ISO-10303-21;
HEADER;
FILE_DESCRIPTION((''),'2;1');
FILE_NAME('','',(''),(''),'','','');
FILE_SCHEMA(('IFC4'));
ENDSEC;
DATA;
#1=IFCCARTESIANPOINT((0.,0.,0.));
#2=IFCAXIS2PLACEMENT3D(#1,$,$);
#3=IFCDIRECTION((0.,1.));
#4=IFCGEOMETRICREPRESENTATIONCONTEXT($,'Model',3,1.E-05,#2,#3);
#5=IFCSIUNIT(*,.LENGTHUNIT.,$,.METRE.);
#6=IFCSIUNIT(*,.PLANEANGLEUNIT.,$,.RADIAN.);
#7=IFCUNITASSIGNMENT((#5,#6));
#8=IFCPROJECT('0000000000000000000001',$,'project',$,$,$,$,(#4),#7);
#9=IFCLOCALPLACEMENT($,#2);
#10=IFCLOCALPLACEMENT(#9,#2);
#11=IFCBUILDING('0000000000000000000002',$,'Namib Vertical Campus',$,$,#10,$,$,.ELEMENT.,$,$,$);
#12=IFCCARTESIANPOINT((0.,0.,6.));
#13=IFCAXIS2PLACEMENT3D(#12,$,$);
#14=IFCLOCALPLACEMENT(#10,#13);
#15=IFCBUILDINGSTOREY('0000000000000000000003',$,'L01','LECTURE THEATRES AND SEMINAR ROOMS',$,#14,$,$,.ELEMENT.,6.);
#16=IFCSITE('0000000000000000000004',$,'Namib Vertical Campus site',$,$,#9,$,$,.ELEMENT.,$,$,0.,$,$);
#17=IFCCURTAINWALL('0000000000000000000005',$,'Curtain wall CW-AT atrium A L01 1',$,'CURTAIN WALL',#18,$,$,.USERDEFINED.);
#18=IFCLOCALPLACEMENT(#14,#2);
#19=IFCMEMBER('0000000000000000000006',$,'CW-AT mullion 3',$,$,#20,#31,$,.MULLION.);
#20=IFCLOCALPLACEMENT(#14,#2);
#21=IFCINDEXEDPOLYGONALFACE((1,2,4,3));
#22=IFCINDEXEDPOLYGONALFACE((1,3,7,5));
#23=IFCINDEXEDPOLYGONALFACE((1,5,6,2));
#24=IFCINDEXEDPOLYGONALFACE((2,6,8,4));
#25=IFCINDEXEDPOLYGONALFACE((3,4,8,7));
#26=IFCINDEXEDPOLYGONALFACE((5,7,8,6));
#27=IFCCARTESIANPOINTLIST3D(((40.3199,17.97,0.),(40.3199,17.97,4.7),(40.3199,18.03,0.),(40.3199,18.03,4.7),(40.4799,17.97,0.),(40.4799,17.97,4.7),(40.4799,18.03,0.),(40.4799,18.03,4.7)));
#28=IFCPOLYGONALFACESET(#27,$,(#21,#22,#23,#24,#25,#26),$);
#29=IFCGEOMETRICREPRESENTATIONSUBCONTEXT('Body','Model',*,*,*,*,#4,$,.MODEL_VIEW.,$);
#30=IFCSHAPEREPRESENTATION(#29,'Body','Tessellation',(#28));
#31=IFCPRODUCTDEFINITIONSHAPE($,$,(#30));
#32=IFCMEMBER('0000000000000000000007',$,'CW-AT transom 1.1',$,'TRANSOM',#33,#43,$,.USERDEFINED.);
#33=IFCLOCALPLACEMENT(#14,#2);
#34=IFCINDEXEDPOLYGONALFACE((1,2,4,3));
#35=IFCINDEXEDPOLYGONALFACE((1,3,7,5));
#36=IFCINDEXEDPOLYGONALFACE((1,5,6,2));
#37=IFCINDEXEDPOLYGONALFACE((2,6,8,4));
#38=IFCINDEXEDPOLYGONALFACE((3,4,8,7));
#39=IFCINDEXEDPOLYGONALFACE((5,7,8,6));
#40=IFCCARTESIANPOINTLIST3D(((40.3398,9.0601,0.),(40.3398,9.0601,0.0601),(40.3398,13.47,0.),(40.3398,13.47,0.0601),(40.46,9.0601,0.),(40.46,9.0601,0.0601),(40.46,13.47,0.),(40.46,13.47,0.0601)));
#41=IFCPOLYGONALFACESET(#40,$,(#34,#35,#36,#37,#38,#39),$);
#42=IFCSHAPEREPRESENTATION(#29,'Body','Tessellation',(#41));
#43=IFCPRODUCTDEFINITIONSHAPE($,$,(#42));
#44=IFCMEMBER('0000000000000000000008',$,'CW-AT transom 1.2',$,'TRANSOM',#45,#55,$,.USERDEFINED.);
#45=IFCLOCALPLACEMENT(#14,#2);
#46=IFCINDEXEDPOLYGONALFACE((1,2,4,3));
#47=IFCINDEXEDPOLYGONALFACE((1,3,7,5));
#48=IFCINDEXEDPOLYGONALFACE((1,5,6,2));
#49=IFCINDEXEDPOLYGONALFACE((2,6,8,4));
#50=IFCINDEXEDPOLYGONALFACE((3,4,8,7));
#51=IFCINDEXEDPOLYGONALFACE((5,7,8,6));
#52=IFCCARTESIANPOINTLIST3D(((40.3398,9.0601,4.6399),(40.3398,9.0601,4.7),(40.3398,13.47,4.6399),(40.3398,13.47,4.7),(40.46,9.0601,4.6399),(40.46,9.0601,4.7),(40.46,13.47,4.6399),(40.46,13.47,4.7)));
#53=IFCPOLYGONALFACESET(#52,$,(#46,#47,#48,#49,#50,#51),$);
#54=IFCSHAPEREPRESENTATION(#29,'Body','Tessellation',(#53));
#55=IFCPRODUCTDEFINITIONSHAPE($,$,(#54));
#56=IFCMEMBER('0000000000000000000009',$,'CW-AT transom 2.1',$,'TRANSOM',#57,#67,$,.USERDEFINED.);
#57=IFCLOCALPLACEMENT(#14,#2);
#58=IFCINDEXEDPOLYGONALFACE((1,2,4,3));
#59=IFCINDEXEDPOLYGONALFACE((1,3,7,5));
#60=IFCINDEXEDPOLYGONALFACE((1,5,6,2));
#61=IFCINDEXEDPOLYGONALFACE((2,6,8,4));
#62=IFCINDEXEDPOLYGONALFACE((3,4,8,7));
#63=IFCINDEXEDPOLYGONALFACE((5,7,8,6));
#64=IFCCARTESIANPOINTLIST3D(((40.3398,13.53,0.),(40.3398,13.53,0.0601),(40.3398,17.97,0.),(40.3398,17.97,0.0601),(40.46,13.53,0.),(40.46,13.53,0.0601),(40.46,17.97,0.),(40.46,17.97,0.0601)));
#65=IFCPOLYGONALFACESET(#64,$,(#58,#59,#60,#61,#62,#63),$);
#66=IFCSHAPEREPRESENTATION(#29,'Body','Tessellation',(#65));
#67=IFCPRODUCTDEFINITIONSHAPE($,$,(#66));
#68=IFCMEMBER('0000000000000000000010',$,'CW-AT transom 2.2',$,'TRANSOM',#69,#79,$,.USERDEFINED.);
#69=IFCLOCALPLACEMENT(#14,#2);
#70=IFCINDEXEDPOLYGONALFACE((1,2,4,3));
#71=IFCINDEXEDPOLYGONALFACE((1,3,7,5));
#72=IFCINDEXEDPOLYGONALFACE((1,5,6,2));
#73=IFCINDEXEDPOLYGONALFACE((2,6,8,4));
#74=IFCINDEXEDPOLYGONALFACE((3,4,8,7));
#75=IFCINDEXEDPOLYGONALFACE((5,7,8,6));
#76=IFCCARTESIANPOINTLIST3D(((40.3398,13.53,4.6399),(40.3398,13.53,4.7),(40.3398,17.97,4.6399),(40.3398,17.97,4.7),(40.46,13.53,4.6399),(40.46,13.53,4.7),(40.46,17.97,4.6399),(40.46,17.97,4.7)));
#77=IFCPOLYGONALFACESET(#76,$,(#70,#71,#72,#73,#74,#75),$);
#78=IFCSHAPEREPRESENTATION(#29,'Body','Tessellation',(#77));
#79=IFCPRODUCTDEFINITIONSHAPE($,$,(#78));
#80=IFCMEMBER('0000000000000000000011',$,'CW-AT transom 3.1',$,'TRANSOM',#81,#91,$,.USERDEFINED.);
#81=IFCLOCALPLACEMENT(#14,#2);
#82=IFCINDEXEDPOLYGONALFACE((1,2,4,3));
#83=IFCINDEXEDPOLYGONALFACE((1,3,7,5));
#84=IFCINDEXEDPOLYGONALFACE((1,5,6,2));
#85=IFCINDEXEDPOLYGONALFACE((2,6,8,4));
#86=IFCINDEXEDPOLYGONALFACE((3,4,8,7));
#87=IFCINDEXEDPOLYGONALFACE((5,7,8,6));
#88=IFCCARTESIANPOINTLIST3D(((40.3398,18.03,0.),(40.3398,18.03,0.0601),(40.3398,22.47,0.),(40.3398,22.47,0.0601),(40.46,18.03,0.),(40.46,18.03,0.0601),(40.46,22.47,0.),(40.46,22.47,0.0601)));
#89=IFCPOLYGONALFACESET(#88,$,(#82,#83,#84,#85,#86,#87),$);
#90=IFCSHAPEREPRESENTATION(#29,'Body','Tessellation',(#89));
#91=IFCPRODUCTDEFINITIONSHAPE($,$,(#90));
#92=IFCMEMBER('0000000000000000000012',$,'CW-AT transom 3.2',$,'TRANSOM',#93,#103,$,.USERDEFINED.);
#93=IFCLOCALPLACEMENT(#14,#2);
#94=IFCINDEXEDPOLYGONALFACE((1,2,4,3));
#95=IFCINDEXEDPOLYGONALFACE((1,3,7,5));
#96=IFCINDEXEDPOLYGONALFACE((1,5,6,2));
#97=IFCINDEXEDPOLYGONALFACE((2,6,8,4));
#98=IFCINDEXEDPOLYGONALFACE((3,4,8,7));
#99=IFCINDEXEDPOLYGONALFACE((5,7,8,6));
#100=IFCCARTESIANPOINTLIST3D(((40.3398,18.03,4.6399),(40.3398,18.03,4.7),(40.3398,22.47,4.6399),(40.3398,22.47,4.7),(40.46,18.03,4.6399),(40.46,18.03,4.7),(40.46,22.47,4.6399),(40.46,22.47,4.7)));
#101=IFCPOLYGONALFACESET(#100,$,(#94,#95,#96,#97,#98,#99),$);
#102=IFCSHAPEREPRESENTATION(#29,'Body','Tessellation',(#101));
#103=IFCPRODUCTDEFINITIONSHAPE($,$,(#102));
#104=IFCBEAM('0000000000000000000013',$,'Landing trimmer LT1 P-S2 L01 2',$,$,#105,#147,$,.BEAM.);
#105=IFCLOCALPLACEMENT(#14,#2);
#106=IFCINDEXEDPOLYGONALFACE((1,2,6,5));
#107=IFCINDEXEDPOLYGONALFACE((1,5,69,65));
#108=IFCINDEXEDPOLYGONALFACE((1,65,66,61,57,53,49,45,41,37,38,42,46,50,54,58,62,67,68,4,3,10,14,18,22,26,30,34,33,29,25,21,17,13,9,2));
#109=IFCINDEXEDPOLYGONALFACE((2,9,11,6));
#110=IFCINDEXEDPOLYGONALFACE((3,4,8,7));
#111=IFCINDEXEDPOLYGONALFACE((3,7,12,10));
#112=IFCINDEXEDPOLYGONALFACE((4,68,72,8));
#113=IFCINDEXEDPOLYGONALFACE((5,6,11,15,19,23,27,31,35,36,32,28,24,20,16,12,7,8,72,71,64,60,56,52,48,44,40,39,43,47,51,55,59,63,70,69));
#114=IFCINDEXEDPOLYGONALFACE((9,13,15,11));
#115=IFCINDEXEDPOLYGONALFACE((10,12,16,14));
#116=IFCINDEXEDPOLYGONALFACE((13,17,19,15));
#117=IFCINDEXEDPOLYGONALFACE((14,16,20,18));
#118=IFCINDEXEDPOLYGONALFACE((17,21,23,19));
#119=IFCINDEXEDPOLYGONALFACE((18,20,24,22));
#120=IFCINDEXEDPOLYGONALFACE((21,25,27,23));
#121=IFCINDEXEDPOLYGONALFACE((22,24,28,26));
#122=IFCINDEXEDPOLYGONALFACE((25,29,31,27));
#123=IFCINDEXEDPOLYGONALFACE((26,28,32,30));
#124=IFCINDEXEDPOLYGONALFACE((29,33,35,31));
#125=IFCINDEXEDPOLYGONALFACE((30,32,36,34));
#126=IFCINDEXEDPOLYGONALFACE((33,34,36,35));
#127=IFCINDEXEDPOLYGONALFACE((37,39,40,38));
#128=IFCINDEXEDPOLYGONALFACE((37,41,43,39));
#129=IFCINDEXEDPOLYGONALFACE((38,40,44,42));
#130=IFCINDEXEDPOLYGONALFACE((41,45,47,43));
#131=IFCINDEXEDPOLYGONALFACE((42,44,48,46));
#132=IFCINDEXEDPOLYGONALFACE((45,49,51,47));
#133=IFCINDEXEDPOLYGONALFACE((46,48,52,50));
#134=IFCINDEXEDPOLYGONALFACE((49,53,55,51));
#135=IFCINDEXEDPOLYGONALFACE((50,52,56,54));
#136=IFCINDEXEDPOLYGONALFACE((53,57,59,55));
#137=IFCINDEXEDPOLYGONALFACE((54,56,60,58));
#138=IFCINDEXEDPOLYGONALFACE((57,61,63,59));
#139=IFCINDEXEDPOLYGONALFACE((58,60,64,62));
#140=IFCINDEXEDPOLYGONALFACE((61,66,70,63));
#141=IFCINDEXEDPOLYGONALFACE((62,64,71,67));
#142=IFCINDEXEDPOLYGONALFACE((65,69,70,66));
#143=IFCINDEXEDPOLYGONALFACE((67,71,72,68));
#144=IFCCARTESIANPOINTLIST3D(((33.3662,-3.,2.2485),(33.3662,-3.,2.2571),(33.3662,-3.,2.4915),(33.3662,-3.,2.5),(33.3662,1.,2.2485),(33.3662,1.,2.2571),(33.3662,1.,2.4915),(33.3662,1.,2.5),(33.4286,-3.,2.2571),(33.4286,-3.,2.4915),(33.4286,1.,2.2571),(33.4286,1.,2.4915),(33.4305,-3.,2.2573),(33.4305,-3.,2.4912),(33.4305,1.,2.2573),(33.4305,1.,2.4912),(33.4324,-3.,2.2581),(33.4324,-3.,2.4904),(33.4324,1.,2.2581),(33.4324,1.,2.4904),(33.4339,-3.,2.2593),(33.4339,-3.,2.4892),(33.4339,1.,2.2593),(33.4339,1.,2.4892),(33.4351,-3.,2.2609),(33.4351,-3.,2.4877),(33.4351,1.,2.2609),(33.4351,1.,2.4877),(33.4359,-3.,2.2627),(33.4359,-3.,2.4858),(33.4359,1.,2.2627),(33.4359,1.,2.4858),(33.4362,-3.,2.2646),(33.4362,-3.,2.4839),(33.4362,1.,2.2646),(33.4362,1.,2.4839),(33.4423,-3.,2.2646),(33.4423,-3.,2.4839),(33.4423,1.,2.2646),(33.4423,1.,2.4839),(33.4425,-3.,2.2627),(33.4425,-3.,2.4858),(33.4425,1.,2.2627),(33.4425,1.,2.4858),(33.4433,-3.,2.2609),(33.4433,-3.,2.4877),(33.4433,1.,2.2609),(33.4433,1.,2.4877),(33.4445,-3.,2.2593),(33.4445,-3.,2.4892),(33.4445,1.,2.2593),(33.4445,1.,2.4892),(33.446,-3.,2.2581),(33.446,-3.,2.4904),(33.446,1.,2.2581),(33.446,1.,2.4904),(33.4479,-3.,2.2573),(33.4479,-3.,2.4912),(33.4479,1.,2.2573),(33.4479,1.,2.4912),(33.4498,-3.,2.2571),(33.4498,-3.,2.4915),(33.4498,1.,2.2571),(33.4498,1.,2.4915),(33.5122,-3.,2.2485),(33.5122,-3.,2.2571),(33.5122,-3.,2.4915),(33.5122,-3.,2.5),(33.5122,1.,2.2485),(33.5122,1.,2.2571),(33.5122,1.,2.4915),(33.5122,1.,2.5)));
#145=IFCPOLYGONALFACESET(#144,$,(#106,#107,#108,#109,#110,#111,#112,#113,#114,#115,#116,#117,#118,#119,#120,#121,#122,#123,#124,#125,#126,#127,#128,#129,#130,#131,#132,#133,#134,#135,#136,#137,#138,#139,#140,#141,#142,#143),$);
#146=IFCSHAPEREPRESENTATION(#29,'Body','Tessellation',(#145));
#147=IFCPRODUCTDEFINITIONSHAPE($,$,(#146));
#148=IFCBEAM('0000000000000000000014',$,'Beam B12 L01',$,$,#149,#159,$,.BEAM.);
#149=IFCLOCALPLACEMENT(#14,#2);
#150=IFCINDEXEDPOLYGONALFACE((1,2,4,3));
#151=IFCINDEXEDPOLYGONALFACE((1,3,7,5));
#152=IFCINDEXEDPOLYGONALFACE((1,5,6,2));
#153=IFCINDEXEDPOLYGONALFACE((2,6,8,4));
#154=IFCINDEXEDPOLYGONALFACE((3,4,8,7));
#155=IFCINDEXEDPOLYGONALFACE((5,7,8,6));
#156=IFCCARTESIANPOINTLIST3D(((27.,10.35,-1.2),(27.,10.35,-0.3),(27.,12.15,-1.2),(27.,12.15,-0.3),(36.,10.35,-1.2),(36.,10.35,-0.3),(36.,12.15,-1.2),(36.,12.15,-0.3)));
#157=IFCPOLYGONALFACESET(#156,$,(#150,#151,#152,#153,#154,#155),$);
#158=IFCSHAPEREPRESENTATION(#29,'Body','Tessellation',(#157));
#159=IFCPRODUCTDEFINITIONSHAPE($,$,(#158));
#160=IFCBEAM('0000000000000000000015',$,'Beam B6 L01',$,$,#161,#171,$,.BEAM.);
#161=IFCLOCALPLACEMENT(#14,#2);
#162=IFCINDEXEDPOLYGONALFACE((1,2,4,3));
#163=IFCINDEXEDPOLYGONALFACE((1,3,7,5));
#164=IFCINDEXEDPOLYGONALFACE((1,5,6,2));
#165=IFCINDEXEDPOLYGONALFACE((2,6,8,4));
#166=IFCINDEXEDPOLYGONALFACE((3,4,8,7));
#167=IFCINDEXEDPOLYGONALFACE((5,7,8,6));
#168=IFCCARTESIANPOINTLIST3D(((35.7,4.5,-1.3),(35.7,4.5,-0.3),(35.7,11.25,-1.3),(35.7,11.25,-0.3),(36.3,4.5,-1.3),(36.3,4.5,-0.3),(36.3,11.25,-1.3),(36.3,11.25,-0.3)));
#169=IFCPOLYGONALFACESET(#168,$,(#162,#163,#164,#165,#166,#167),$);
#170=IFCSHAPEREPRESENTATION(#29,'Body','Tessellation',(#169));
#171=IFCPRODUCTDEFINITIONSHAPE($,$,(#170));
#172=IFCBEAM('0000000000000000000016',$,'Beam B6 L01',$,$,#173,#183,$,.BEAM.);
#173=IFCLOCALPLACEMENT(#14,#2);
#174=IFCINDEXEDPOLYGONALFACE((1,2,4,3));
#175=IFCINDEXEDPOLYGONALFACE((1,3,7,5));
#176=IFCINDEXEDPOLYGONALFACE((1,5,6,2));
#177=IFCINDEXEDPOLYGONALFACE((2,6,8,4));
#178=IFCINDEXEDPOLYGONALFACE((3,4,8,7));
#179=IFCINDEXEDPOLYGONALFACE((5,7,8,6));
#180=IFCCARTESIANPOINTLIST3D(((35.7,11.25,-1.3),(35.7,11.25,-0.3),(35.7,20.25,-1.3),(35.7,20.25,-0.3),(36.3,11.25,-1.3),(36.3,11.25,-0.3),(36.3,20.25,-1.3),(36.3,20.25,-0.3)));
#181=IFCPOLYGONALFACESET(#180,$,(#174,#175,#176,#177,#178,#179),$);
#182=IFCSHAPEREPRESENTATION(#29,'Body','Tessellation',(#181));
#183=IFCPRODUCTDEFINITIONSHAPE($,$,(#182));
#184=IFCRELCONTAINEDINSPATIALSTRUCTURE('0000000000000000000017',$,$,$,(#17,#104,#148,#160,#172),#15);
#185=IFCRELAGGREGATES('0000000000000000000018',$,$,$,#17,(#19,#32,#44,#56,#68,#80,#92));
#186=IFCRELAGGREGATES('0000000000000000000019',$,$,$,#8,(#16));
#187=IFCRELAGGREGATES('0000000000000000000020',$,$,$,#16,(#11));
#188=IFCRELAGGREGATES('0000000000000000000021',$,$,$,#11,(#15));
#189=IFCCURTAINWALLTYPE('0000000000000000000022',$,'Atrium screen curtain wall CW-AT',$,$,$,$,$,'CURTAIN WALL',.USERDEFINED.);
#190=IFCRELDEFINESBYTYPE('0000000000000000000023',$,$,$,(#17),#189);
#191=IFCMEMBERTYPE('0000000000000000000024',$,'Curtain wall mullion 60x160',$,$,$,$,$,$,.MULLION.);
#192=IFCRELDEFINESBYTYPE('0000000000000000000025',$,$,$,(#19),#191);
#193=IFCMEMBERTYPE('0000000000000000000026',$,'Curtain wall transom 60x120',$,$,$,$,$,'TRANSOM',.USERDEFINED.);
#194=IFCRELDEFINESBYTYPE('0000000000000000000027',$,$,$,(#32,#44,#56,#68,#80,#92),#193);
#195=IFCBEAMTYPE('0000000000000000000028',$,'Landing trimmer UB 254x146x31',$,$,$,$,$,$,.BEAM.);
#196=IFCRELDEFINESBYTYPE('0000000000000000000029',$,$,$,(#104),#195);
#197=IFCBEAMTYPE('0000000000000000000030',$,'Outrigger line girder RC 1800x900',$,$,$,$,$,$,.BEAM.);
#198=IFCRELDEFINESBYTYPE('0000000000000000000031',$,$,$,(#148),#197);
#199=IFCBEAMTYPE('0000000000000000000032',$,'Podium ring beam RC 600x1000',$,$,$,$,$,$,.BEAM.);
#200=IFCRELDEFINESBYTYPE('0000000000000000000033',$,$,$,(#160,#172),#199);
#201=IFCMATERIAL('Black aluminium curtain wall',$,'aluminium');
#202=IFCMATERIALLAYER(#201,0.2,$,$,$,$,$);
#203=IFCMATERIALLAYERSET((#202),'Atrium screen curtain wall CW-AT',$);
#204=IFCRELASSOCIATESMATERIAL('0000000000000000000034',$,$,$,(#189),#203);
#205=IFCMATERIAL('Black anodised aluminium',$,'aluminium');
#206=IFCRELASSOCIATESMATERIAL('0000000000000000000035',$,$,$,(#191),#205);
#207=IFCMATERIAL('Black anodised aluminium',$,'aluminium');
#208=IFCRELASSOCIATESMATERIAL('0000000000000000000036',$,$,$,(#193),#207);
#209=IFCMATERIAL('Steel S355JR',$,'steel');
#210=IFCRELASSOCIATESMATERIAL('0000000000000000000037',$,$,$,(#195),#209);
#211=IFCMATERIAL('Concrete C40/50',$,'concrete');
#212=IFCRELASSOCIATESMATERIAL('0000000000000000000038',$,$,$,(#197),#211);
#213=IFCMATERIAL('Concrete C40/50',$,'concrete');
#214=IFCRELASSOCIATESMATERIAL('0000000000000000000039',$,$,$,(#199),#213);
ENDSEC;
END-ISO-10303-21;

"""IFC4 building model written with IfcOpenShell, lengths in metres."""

from ifc_helpers import new_model, si_unit, direction, frame, origin, origin_2d, place, context, subcontext, project, spatial, rectangle, i_section, extrude, material, layer, layer_set, material_profile, profile_set, type_object, element, aggregate, save


model = new_model("IFC4")

# Units and contexts
model_context = context("Model", 3, precision=1e-05, world=origin(), true_north=direction((0.0, 1.0)))
body_context = subcontext(model_context, "Body", "Model", "MODEL_VIEW")
ifc_project = project(units=[si_unit("LENGTHUNIT", "METRE"), si_unit("PLANEANGLEUNIT", "RADIAN")], contexts=[model_context])

# Site, building, storey
site_placement = place(None, origin())
site = spatial("IfcSite", under=ifc_project, at=site_placement, Name="Namib Vertical Campus site", CompositionType="ELEMENT", RefElevation=0.0)
building_placement = place(site_placement, origin())
building = spatial("IfcBuilding", under=site, at=building_placement, Name="Namib Vertical Campus", CompositionType="ELEMENT")
storey_placement = place(building_placement, frame((0.0, 0.0, 6.0)))
storey = spatial("IfcBuildingStorey", under=building, at=storey_placement, Name="L01", Description="LECTURE THEATRES AND SEMINAR ROOMS", CompositionType="ELEMENT", Elevation=6.0)

# Curtain wall, members
ifc_material_1 = material(Name="Black aluminium curtain wall", Category="aluminium")
ifc_layer_1 = layer(ifc_material_1, 0.2)
ifc_layer_set_1 = layer_set([ifc_layer_1], Name="Atrium screen curtain wall CW-AT")
curtain_wall_type = type_object("IfcCurtainWallType", Name="Atrium screen curtain wall CW-AT", ElementType="CURTAIN WALL", PredefinedType="USERDEFINED", material=ifc_layer_set_1)
curtain_wall_placement = place(storey_placement, origin())
curtain_wall = element("IfcCurtainWall", 1, at=curtain_wall_placement, inside=storey, type_object=curtain_wall_type, Name="Curtain wall CW-AT atrium A L01 1", ObjectType="CURTAIN WALL", PredefinedType="USERDEFINED")
ifc_material_2 = material(Name="Black anodised aluminium", Category="aluminium")
ifc_material_profile_1 = material_profile(ifc_material_2, rectangle(XDim=0.0601, YDim=0.1599, at=origin_2d()))
ifc_profile_set_1 = profile_set([ifc_material_profile_1], Name="Black anodised aluminium")
member_type_1 = type_object("IfcMemberType", Name="Curtain wall mullion 60x160", PredefinedType="MULLION", material=ifc_profile_set_1)
member_1_placement = place(storey_placement, frame((40.3999, 18.0, 0.0), z_axis=(0.0, 0.0, 1.0), x_axis=(0.0, 1.0, 0.0)))
member_1 = element("IfcMember", 2, at=member_1_placement, type_object=member_type_1, Name="CW-AT mullion 3", PredefinedType="MULLION", context=body_context, shape_type="SweptSolid", body=[
    extrude(rectangle(XDim=0.0601, YDim=0.1599, at=origin_2d()), origin(), (0.0, 0.0, 1.0), 4.7),
])
ifc_material_3 = material(Name="Black anodised aluminium", Category="aluminium")
ifc_material_profile_2 = material_profile(ifc_material_3, rectangle(XDim=0.0601, YDim=0.1201, at=origin_2d()))
ifc_profile_set_2 = profile_set([ifc_material_profile_2], Name="Black anodised aluminium")
member_type_2 = type_object("IfcMemberType", Name="Curtain wall transom 60x120", ElementType="TRANSOM", PredefinedType="USERDEFINED", material=ifc_profile_set_2)
member_2_placement = place(storey_placement, frame((40.3999, 9.0601, 0.03), z_axis=(0.0, 1.0, 0.0), x_axis=(0.0, 0.0, 1.0)))
member_2 = element("IfcMember", 3, at=member_2_placement, type_object=member_type_2, Name="CW-AT transom 1.1", ObjectType="TRANSOM", PredefinedType="USERDEFINED", context=body_context, shape_type="SweptSolid", body=[
    extrude(rectangle(XDim=0.0601, YDim=0.1201, at=origin_2d()), origin(), (0.0, 0.0, 1.0), 4.4099),
])
member_3_placement = place(storey_placement, frame((40.3999, 9.0601, 4.6699), z_axis=(0.0, 1.0, 0.0), x_axis=(0.0, 0.0, 1.0)))
member_3 = element("IfcMember", 4, at=member_3_placement, type_object=member_type_2, Name="CW-AT transom 1.2", ObjectType="TRANSOM", PredefinedType="USERDEFINED", context=body_context, shape_type="SweptSolid", body=[
    extrude(rectangle(XDim=0.0601, YDim=0.1201, at=origin_2d()), origin(), (0.0, 0.0, 1.0), 4.4099),
])
member_4_placement = place(storey_placement, frame((40.3999, 13.53, 0.03), z_axis=(0.0, 1.0, 0.0), x_axis=(0.0, 0.0, 1.0)))
member_4 = element("IfcMember", 5, at=member_4_placement, type_object=member_type_2, Name="CW-AT transom 2.1", ObjectType="TRANSOM", PredefinedType="USERDEFINED", context=body_context, shape_type="SweptSolid", body=[
    extrude(rectangle(XDim=0.0601, YDim=0.1201, at=origin_2d()), origin(), (0.0, 0.0, 1.0), 4.4399),
])
member_5_placement = place(storey_placement, frame((40.3999, 13.53, 4.6699), z_axis=(0.0, 1.0, 0.0), x_axis=(0.0, 0.0, 1.0)))
member_5 = element("IfcMember", 6, at=member_5_placement, type_object=member_type_2, Name="CW-AT transom 2.2", ObjectType="TRANSOM", PredefinedType="USERDEFINED", context=body_context, shape_type="SweptSolid", body=[
    extrude(rectangle(XDim=0.0601, YDim=0.1201, at=origin_2d()), origin(), (0.0, 0.0, 1.0), 4.4399),
])
member_6_placement = place(storey_placement, frame((40.3999, 18.03, 0.03), z_axis=(0.0, 1.0, 0.0), x_axis=(0.0, 0.0, 1.0)))
member_6 = element("IfcMember", 7, at=member_6_placement, type_object=member_type_2, Name="CW-AT transom 3.1", ObjectType="TRANSOM", PredefinedType="USERDEFINED", context=body_context, shape_type="SweptSolid", body=[
    extrude(rectangle(XDim=0.0601, YDim=0.1201, at=origin_2d()), origin(), (0.0, 0.0, 1.0), 4.4399),
])
member_7_placement = place(storey_placement, frame((40.3999, 18.03, 4.6699), z_axis=(0.0, 1.0, 0.0), x_axis=(0.0, 0.0, 1.0)))
member_7 = element("IfcMember", 8, at=member_7_placement, type_object=member_type_2, Name="CW-AT transom 3.2", ObjectType="TRANSOM", PredefinedType="USERDEFINED", context=body_context, shape_type="SweptSolid", body=[
    extrude(rectangle(XDim=0.0601, YDim=0.1201, at=origin_2d()), origin(), (0.0, 0.0, 1.0), 4.4399),
])

# Beams
ifc_material_4 = material(Name="Steel S355JR", Category="steel")
ifc_material_profile_3 = material_profile(ifc_material_4, i_section(OverallWidth=0.146, OverallDepth=0.2515, WebThickness=0.0061, FlangeThickness=0.0085, FilletRadius=0.0076, at=origin_2d()))
ifc_profile_set_3 = profile_set([ifc_material_profile_3], Name="Steel S355JR")
beam_type_1 = type_object("IfcBeamType", Name="Landing trimmer UB 254x146x31", PredefinedType="BEAM", material=ifc_profile_set_3)
beam_1_placement = place(storey_placement, frame((33.4392, -3.0, 2.3743), z_axis=(0.0, 1.0, 0.0), x_axis=(-1.0, 0.0, 0.0)))
element("IfcBeam", 9, at=beam_1_placement, inside=storey, type_object=beam_type_1, Name="Landing trimmer LT1 P-S2 L01 2", PredefinedType="BEAM", context=body_context, shape_type="SweptSolid", body=[
    extrude(i_section(OverallWidth=0.146, OverallDepth=0.2515, WebThickness=0.0061, FlangeThickness=0.0085, FilletRadius=0.0076, at=origin_2d()), origin(), (0.0, 0.0, 1.0), 4.0),
])
ifc_material_5 = material(Name="Concrete C40/50", Category="concrete")
ifc_material_profile_4 = material_profile(ifc_material_5, rectangle(XDim=1.8, YDim=0.8999, at=origin_2d()))
ifc_profile_set_4 = profile_set([ifc_material_profile_4], Name="Concrete C40/50")
beam_type_2 = type_object("IfcBeamType", Name="Outrigger line girder RC 1800x900", PredefinedType="BEAM", material=ifc_profile_set_4)
beam_2_placement = place(storey_placement, frame((36.0, 11.25, -0.75), z_axis=(-1.0, 0.0, 0.0), x_axis=(0.0, -1.0, 0.0)))
element("IfcBeam", 10, at=beam_2_placement, inside=storey, type_object=beam_type_2, Name="Beam B12 L01", PredefinedType="BEAM", context=body_context, shape_type="SweptSolid", body=[
    extrude(rectangle(XDim=1.8, YDim=0.8999, at=origin_2d()), origin(), (0.0, 0.0, 1.0), 9.0),
])
ifc_material_6 = material(Name="Concrete C40/50", Category="concrete")
ifc_material_profile_5 = material_profile(ifc_material_6, rectangle(XDim=0.6001, YDim=1.0, at=origin_2d()))
ifc_profile_set_5 = profile_set([ifc_material_profile_5], Name="Concrete C40/50")
beam_type_3 = type_object("IfcBeamType", Name="Podium ring beam RC 600x1000", PredefinedType="BEAM", material=ifc_profile_set_5)
beam_3_placement = place(storey_placement, frame((36.0, 4.5, -0.8), z_axis=(0.0, 1.0, 0.0), x_axis=(-1.0, 0.0, 0.0)))
element("IfcBeam", 11, at=beam_3_placement, inside=storey, type_object=beam_type_3, Name="Beam B6 L01", PredefinedType="BEAM", context=body_context, shape_type="SweptSolid", body=[
    extrude(rectangle(XDim=0.6001, YDim=1.0, at=origin_2d()), origin(), (0.0, 0.0, 1.0), 6.75),
])
beam_4_placement = place(storey_placement, frame((36.0, 11.25, -0.8), z_axis=(0.0, 1.0, 0.0), x_axis=(-1.0, 0.0, 0.0)))
element("IfcBeam", 12, at=beam_4_placement, inside=storey, type_object=beam_type_3, Name="Beam B6 L01", PredefinedType="BEAM", context=body_context, shape_type="SweptSolid", body=[
    extrude(rectangle(XDim=0.6001, YDim=1.0, at=origin_2d()), origin(), (0.0, 0.0, 1.0), 9.0),
])

aggregate(curtain_wall, [member_1, member_2, member_3, member_4, member_5, member_6, member_7])

save(model, "model.ifc")
